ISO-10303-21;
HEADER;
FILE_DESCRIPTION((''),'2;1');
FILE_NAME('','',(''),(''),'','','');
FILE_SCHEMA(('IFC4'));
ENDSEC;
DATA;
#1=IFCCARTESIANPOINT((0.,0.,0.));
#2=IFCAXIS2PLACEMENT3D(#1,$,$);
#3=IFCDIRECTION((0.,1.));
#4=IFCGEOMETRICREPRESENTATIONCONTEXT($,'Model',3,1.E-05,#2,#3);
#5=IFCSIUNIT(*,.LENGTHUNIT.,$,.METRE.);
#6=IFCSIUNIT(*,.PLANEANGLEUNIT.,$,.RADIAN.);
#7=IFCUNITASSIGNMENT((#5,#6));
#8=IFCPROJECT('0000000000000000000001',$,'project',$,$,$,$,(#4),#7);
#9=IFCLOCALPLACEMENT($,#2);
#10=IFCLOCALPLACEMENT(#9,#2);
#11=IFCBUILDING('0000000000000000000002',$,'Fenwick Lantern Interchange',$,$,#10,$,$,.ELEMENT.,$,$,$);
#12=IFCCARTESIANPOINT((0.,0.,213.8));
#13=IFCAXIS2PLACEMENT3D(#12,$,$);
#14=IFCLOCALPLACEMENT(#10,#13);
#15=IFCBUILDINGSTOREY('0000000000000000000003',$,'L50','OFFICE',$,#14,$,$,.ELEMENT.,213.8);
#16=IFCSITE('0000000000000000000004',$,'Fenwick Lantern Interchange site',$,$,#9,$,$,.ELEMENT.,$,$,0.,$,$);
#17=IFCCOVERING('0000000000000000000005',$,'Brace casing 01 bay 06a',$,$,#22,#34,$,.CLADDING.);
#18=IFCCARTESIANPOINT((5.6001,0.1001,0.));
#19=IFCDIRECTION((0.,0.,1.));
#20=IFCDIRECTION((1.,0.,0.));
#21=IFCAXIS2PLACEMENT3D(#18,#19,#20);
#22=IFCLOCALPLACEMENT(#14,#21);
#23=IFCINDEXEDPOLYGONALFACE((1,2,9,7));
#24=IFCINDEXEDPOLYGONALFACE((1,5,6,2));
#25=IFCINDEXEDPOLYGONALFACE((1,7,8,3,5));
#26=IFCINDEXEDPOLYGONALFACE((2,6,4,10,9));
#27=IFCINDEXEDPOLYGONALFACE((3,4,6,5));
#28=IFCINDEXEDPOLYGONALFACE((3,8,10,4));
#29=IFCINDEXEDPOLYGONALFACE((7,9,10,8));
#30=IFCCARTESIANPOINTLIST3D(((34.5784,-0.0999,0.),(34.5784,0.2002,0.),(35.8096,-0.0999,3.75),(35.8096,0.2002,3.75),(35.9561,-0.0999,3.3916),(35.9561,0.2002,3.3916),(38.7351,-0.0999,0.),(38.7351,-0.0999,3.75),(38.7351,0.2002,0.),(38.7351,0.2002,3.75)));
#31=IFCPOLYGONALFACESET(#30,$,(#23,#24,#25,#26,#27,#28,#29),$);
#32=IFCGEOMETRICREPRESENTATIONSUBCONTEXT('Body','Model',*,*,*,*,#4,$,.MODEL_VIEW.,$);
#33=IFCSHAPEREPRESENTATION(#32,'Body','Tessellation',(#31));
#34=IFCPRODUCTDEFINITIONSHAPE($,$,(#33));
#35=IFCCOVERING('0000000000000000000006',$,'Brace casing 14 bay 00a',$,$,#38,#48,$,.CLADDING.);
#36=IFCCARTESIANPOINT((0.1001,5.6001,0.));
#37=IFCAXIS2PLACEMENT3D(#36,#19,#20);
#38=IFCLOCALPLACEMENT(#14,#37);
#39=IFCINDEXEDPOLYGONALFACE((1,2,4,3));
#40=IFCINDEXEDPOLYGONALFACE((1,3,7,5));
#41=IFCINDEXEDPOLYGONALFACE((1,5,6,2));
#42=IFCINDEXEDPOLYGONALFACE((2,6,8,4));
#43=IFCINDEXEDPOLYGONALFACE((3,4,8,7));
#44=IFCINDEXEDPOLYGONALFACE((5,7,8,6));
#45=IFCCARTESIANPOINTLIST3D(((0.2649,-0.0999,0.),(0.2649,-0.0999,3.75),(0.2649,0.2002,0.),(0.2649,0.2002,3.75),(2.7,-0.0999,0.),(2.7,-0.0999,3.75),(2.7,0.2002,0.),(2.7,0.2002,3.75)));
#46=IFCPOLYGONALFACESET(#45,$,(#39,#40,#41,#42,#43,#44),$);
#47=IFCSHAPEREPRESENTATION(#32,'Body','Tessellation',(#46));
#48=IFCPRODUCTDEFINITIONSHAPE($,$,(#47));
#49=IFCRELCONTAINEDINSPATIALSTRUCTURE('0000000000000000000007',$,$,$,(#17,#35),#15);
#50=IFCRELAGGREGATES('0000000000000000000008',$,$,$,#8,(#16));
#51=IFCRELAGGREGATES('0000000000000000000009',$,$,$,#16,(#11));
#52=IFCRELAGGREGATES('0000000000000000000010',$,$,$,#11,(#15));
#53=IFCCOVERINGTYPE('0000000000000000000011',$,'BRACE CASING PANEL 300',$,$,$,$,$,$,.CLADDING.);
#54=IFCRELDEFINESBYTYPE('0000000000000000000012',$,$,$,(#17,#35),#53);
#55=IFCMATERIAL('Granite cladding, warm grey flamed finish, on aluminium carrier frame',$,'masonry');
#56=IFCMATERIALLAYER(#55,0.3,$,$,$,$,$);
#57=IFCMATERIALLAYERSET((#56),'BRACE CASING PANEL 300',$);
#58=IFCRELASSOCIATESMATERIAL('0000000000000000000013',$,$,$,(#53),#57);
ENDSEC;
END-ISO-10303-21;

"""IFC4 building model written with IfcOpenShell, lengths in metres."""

from ifc_helpers import new_model, si_unit, direction, frame, origin, place, context, subcontext, project, spatial, polyline, outline, extrude, material, layer, layer_set, type_object, element, save


model = new_model("IFC4")

# Units and contexts
model_context = context("Model", 3, precision=1e-05, world=origin(), true_north=direction((0.0, 1.0)))
body_context = subcontext(model_context, "Body", "Model", "MODEL_VIEW")
ifc_project = project(units=[si_unit("LENGTHUNIT", "METRE"), si_unit("PLANEANGLEUNIT", "RADIAN")], contexts=[model_context])

# Site, building, storey
site_placement = place(None, origin())
site = spatial("IfcSite", under=ifc_project, at=site_placement, Name="Fenwick Lantern Interchange site", CompositionType="ELEMENT", RefElevation=0.0)
building_placement = place(site_placement, origin())
building = spatial("IfcBuilding", under=site, at=building_placement, Name="Fenwick Lantern Interchange", CompositionType="ELEMENT")
storey_placement = place(building_placement, frame((0.0, 0.0, 213.8)))
storey = spatial("IfcBuildingStorey", under=building, at=storey_placement, Name="L50", Description="OFFICE", CompositionType="ELEMENT", Elevation=213.8)

# Coverings
ifc_material_1 = material(Name="Granite cladding, warm grey flamed finish, on aluminium carrier frame", Category="masonry")
ifc_layer_1 = layer(ifc_material_1, 0.3)
ifc_layer_set_1 = layer_set([ifc_layer_1], Name="BRACE CASING PANEL 300")
covering_type_1 = type_object("IfcCoveringType", Name="BRACE CASING PANEL 300", PredefinedType="CLADDING", material=ifc_layer_set_1)
covering_1_placement = place(storey_placement, frame((5.6001, 0.1001, 0.0), z_axis=(0.0, 0.0, 1.0), x_axis=(1.0, 0.0, 0.0)))
element("IfcCovering", 1, at=covering_1_placement, inside=storey, type_object=covering_type_1, Name="Brace casing 01 bay 06a", PredefinedType="CLADDING", context=body_context, shape_type="SweptSolid", body=[
    extrude(outline(polyline([(34.5784, 0.0), (38.7351, 0.0), (38.7351, 3.75), (35.8096, 3.75), (35.9561, 3.3916), (34.5784, 0.0)])), frame((0.0, 0.2002, 0.0), z_axis=(0.0, -1.0, 0.0), x_axis=(1.0, 0.0, 0.0)), (0.0, 0.0, 1.0), 0.3),
])
covering_2_placement = place(storey_placement, frame((0.1001, 5.6001, 0.0), z_axis=(0.0, 0.0, 1.0), x_axis=(1.0, 0.0, 0.0)))
element("IfcCovering", 2, at=covering_2_placement, inside=storey, type_object=covering_type_1, Name="Brace casing 14 bay 00a", PredefinedType="CLADDING", context=body_context, shape_type="SweptSolid", body=[
    extrude(outline(polyline([(0.2649, 0.0), (2.7, 0.0), (2.7, 3.75), (0.2649, 3.75), (0.2649, 0.0)])), frame((0.0, 0.2002, 0.0), z_axis=(0.0, -1.0, 0.0), x_axis=(1.0, 0.0, 0.0)), (0.0, 0.0, 1.0), 0.3),
])

save(model, "model.ifc")
